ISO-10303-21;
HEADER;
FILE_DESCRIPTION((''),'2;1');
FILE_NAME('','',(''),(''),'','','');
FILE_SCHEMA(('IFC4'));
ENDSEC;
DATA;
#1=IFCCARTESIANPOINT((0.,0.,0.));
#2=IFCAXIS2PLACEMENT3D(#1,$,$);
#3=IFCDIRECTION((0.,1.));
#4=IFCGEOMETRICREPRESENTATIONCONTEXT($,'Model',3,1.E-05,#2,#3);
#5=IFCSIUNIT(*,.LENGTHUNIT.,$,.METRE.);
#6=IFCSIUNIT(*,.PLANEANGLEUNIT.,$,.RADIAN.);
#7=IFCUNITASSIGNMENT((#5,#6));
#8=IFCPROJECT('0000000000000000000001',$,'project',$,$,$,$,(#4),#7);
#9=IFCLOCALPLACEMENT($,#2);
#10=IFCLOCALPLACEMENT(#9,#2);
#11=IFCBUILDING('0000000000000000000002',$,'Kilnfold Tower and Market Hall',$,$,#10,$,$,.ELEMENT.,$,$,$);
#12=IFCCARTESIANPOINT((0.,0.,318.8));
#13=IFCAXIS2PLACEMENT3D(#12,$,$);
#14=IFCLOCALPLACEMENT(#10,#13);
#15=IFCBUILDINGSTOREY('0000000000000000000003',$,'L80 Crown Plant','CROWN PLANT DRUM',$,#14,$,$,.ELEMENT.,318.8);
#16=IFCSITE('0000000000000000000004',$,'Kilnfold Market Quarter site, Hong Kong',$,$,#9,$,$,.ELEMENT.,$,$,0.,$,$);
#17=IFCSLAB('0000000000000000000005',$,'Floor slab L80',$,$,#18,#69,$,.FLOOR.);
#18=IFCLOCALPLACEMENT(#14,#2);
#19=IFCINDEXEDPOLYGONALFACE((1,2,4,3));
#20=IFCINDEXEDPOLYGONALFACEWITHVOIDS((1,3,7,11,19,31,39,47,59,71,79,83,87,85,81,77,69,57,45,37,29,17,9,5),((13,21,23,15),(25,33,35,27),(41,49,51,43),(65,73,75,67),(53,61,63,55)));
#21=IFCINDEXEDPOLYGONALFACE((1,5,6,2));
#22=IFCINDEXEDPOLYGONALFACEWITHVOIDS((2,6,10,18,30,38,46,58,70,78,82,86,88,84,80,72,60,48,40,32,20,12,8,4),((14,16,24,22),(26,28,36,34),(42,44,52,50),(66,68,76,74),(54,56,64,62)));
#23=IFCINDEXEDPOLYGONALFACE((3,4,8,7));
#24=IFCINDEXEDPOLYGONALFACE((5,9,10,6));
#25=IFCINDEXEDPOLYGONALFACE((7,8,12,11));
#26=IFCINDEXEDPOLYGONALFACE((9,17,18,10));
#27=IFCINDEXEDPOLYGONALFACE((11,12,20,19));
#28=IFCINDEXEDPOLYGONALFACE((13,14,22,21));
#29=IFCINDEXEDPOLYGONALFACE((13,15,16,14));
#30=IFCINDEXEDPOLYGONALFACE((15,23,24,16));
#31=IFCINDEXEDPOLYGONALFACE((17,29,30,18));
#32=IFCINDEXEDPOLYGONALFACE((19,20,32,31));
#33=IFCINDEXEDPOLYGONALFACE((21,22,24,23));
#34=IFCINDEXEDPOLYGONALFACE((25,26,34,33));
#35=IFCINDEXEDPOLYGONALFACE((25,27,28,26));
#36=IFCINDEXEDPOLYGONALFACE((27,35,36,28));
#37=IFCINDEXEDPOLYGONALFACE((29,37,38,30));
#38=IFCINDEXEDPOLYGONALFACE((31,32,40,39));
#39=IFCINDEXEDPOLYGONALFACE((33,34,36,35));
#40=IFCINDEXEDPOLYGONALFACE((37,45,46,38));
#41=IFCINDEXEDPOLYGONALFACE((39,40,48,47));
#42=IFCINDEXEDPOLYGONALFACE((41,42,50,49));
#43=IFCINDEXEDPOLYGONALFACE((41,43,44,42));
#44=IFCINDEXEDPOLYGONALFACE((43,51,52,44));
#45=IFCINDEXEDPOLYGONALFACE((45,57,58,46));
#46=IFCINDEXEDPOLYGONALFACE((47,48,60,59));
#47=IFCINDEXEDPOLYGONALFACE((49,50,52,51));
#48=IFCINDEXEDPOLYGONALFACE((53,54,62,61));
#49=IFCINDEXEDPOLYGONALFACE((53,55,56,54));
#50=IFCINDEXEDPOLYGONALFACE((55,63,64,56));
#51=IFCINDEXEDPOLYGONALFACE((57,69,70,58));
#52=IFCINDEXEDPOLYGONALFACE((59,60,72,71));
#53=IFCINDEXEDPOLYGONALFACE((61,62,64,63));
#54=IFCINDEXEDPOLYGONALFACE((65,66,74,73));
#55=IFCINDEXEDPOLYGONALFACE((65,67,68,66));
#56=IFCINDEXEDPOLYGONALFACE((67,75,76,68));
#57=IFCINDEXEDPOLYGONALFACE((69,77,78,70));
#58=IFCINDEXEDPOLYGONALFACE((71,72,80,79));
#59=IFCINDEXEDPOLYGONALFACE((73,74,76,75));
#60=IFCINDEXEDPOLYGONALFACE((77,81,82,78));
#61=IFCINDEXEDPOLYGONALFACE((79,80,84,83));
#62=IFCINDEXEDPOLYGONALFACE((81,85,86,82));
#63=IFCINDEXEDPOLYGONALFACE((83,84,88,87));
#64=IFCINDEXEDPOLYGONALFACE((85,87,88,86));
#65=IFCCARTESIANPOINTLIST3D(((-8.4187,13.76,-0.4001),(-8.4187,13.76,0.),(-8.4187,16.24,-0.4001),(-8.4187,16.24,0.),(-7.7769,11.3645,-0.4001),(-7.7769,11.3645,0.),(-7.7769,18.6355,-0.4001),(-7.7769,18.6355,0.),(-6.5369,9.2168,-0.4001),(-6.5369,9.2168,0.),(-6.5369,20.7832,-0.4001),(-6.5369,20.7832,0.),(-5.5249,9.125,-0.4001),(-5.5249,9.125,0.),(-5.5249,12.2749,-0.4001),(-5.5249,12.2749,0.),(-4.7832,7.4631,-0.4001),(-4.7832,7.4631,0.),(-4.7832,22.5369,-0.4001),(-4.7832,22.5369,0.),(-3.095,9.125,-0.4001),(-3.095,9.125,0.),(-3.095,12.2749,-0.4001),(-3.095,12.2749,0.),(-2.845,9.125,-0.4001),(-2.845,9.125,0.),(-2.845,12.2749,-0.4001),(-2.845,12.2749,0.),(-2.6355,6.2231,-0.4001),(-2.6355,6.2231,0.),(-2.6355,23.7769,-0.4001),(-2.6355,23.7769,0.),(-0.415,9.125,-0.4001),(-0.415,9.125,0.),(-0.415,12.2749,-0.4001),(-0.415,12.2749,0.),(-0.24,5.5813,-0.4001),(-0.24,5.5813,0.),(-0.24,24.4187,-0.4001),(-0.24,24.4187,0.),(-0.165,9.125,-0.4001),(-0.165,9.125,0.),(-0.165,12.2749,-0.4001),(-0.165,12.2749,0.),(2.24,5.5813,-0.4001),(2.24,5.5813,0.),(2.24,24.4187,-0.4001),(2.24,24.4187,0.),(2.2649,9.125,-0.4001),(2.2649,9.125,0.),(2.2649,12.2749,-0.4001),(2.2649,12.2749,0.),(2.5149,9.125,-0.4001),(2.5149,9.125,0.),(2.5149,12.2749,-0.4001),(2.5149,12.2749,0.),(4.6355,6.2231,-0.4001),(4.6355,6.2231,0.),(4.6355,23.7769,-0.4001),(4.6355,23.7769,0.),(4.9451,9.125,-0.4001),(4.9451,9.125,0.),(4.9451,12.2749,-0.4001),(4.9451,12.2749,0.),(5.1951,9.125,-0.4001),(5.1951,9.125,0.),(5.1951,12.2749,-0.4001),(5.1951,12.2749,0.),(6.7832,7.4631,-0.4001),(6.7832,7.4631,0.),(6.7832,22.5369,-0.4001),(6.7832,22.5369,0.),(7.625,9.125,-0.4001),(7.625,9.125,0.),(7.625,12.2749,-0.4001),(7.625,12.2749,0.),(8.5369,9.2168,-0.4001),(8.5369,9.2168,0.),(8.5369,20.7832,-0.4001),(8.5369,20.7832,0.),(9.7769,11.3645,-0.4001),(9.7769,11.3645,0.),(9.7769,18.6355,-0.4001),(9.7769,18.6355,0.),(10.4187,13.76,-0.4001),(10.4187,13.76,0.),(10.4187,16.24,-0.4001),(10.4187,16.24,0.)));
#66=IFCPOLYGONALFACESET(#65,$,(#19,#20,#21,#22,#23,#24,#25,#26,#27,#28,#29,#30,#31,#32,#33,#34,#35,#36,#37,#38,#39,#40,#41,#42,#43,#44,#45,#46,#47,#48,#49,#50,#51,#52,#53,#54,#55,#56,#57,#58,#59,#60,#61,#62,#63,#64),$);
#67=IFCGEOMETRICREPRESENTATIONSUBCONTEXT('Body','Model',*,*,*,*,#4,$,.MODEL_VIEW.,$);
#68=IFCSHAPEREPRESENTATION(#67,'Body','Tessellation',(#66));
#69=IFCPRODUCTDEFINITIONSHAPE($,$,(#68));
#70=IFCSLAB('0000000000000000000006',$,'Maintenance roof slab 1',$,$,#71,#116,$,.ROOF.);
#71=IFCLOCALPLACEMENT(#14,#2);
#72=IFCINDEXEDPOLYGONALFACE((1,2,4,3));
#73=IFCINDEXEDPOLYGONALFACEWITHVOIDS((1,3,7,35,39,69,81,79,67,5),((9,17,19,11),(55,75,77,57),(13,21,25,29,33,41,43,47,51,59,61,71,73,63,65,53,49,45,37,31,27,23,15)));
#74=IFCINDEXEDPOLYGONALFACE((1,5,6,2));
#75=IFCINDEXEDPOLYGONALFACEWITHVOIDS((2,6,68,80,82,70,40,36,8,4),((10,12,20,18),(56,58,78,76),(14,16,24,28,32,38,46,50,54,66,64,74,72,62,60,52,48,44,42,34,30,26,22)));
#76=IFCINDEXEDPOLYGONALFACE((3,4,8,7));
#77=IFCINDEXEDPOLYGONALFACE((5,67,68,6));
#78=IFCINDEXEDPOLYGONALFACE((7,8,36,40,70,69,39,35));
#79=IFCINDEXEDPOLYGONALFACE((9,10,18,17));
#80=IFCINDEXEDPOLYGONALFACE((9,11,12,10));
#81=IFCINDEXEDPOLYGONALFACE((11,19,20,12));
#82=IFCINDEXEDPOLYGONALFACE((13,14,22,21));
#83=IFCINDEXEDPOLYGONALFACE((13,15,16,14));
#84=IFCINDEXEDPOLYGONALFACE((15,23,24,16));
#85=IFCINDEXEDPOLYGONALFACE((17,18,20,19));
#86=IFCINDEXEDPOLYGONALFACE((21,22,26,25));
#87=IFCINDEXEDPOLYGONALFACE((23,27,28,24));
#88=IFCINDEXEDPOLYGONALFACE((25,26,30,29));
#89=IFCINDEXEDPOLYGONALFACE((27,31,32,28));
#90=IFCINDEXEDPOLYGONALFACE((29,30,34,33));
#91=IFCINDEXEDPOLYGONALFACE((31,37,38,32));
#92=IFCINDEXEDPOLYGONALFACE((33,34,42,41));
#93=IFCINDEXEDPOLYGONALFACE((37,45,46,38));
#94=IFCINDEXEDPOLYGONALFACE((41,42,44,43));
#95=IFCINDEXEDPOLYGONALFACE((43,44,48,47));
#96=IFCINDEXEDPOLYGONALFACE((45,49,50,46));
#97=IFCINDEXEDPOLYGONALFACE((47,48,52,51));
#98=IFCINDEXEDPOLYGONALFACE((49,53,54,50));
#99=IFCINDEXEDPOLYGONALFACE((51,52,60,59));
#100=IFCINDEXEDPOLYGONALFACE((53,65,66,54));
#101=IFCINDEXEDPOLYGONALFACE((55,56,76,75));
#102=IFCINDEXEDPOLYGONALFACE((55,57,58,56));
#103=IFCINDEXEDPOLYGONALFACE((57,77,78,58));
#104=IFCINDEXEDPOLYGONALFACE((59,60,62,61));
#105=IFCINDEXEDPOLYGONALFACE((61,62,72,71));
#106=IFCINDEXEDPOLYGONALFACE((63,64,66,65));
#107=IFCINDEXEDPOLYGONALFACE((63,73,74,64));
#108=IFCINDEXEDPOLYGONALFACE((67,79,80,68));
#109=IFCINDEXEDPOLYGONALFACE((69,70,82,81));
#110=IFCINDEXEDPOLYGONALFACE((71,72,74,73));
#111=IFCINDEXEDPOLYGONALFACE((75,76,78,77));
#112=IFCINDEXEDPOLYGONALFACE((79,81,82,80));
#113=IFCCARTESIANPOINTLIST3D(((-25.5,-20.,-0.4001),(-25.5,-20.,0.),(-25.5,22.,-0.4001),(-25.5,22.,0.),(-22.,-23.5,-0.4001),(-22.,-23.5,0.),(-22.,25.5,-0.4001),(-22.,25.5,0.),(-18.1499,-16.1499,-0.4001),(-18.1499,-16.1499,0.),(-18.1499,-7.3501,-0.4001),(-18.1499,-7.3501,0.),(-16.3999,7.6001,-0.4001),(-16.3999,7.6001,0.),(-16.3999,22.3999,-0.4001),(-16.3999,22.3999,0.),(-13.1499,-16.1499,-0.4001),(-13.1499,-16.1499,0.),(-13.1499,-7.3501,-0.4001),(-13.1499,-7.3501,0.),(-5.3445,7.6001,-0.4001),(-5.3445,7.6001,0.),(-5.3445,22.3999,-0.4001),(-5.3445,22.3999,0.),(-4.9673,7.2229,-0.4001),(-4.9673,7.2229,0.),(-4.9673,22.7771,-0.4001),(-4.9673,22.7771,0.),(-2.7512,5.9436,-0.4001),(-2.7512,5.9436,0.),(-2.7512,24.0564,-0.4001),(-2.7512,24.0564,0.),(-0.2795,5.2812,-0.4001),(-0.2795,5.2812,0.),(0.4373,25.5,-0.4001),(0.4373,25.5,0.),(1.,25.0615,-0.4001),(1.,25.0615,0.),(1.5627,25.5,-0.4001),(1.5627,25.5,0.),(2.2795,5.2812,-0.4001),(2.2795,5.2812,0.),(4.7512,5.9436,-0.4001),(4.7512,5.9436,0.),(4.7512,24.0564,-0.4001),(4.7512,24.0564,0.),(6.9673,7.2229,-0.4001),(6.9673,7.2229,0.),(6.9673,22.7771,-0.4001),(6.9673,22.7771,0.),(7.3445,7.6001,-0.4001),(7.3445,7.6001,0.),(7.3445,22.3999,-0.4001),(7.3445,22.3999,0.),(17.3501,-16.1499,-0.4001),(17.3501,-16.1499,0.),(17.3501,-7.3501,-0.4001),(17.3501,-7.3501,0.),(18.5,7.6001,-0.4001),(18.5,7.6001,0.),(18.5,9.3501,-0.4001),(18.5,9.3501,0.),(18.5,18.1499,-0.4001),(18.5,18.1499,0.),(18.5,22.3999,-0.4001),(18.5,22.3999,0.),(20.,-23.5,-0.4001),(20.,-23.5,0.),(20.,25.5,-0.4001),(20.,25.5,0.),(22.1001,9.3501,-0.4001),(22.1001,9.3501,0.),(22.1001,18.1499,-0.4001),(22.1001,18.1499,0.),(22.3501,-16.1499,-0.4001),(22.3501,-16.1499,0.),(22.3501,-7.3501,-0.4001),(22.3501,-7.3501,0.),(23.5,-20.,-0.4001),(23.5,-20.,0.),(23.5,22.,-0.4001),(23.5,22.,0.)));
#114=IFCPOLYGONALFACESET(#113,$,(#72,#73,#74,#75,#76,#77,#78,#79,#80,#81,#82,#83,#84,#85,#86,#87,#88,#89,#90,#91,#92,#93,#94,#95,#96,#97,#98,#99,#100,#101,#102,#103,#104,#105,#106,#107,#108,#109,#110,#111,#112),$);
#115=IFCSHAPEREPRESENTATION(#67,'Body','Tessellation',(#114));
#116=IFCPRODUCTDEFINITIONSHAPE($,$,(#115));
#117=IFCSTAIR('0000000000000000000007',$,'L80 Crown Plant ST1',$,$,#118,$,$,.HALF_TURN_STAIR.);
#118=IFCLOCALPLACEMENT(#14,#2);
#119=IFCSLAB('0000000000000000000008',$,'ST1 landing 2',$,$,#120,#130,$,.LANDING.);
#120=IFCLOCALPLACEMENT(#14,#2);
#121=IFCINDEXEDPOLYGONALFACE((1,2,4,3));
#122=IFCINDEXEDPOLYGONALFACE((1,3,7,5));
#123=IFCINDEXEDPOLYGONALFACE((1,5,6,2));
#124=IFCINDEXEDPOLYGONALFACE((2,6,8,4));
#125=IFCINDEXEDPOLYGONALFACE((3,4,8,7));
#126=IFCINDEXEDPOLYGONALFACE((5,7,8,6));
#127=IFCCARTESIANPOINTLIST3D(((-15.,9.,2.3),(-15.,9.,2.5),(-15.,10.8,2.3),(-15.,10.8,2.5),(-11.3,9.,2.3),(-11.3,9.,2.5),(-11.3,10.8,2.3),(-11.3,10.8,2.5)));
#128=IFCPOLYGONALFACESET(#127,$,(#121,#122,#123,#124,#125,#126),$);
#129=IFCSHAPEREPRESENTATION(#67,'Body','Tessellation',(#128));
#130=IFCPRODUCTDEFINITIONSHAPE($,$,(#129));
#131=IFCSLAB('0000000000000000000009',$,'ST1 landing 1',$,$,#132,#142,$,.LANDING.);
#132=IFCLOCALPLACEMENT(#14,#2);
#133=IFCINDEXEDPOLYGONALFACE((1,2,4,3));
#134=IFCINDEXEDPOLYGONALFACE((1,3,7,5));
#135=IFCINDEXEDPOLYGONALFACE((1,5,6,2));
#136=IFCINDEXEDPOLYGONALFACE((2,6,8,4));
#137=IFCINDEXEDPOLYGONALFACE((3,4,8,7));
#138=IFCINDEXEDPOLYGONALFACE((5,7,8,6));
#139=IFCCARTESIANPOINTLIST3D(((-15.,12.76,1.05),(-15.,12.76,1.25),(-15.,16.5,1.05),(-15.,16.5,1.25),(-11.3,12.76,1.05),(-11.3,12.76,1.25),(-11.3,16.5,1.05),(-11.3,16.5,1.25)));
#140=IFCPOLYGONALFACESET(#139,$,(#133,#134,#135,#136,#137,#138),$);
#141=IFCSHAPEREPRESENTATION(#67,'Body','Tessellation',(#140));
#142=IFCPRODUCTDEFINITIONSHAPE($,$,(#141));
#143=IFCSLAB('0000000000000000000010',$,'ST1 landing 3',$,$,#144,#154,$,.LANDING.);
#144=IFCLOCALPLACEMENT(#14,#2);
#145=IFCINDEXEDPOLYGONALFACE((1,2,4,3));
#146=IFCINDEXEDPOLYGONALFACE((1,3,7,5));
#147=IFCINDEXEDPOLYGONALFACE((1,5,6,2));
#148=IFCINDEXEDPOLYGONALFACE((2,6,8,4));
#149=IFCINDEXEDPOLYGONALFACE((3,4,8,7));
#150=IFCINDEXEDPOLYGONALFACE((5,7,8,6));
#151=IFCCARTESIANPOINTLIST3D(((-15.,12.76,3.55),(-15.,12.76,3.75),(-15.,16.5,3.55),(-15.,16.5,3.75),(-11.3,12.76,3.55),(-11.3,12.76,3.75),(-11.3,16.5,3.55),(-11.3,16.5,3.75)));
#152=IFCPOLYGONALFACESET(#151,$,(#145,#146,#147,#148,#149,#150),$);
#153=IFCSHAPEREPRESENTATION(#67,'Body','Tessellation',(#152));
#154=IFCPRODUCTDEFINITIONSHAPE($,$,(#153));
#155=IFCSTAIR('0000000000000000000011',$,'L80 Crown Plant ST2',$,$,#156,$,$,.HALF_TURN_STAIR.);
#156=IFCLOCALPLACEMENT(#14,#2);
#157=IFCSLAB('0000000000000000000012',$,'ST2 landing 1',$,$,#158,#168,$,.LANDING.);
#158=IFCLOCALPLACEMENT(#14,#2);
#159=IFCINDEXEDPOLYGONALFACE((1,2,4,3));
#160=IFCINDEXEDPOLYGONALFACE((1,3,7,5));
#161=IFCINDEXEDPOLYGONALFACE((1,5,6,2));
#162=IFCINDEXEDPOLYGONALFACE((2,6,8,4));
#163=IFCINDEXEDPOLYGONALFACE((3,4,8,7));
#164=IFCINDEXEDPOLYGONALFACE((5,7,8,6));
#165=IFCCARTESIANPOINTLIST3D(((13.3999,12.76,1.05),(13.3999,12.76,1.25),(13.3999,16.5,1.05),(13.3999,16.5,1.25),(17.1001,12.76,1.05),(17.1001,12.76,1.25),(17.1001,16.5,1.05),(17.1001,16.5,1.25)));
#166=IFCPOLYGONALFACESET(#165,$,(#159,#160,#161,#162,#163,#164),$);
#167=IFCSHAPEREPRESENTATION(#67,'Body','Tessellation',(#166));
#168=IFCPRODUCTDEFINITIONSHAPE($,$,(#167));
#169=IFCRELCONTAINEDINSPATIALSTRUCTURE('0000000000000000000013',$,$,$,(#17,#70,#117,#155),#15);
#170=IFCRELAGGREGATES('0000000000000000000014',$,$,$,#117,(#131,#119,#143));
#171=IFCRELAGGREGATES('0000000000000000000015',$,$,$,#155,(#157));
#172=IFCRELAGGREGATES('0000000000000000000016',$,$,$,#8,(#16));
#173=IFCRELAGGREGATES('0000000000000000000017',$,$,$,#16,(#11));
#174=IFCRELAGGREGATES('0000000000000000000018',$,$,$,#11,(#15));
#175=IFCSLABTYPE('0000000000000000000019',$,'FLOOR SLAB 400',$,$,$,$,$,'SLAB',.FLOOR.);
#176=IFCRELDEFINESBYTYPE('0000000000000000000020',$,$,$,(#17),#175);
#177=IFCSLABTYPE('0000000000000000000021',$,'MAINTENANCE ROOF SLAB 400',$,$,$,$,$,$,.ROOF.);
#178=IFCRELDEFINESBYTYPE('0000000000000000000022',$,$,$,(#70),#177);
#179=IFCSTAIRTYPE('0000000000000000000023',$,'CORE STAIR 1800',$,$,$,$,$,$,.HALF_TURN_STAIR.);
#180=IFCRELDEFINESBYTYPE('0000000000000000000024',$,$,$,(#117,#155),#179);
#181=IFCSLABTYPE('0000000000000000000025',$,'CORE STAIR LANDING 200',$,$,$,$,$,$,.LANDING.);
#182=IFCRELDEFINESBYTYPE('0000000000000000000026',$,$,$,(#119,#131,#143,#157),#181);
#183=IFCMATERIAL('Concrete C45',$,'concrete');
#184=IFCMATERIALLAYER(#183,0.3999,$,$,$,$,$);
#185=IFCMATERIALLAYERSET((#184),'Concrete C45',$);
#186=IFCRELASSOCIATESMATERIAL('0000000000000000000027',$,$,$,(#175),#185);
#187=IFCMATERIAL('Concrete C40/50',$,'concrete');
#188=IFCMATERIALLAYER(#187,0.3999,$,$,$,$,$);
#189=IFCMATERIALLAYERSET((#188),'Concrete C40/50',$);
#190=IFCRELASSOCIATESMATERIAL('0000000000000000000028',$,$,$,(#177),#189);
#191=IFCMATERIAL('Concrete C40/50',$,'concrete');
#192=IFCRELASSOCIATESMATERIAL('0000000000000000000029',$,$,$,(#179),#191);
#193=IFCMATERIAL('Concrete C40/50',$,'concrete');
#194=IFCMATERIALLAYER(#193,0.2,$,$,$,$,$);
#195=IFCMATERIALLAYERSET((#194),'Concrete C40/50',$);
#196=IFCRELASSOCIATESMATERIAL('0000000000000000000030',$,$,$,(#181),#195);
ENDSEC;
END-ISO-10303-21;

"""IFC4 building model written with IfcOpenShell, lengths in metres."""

from ifc_helpers import new_model, si_unit, direction, frame, origin, place, context, subcontext, project, spatial, polyline, outline, extrude, source, transform, mapped, material, layer, layer_set, type_object, element, aggregate, save


model = new_model("IFC4")

# Units and contexts
model_context = context("Model", 3, precision=1e-05, world=origin(), true_north=direction((0.0, 1.0)))
body_context = subcontext(model_context, "Body", "Model", "MODEL_VIEW")
ifc_project = project(units=[si_unit("LENGTHUNIT", "METRE"), si_unit("PLANEANGLEUNIT", "RADIAN")], contexts=[model_context])

# Site, building, storey
site_placement = place(None, origin())
site = spatial("IfcSite", under=ifc_project, at=site_placement, Name="Kilnfold Market Quarter site, Hong Kong", CompositionType="ELEMENT", RefElevation=0.0)
building_placement = place(site_placement, origin())
building = spatial("IfcBuilding", under=site, at=building_placement, Name="Kilnfold Tower and Market Hall", CompositionType="ELEMENT")
storey_placement = place(building_placement, frame((0.0, 0.0, 318.8)))
storey = spatial("IfcBuildingStorey", under=building, at=storey_placement, Name="L80 Crown Plant", Description="CROWN PLANT DRUM", CompositionType="ELEMENT", Elevation=318.8)

# Slabs
ifc_material_1 = material(Name="Concrete C45", Category="concrete")
ifc_layer_1 = layer(ifc_material_1, 0.3999)
ifc_layer_set_1 = layer_set([ifc_layer_1], Name="Concrete C45")
slab_type_1 = type_object("IfcSlabType", Name="FLOOR SLAB 400", ElementType="SLAB", PredefinedType="FLOOR", material=ifc_layer_set_1)
shared_shape_1 = source(origin(), body_context, "Body", "SweptSolid", [
    extrude(outline(polyline([(-0.24, 5.5813), (2.24, 5.5813), (4.6355, 6.2231), (6.7832, 7.4631), (8.5369, 9.2168), (9.7769, 11.3645), (10.4187, 13.76), (10.4187, 16.24), (9.7769, 18.6355), (8.5369, 20.7832), (6.7832, 22.5369), (4.6355, 23.7769), (2.24, 24.4187), (-0.24, 24.4187), (-2.6355, 23.7769), (-4.7832, 22.5369), (-6.5369, 20.7832), (-7.7769, 18.6355), (-8.4187, 16.24), (-8.4187, 13.76), (-7.7769, 11.3645), (-6.5369, 9.2168), (-4.7832, 7.4631), (-2.6355, 6.2231), (-0.24, 5.5813)]), holes=[polyline([(-3.095, 9.125), (-5.5249, 9.125), (-5.5249, 12.2749), (-3.095, 12.2749), (-3.095, 9.125)]), polyline([(-0.415, 9.125), (-2.845, 9.125), (-2.845, 12.2749), (-0.415, 12.2749), (-0.415, 9.125)]), polyline([(2.2649, 9.125), (-0.165, 9.125), (-0.165, 12.2749), (2.2649, 12.2749), (2.2649, 9.125)]), polyline([(4.9451, 9.125), (2.5149, 9.125), (2.5149, 12.2749), (4.9451, 12.2749), (4.9451, 9.125)]), polyline([(7.625, 9.125), (5.1951, 9.125), (5.1951, 12.2749), (7.625, 12.2749), (7.625, 9.125)])]), origin(), (0.0, 0.0, 1.0), 0.4001),
])
slab_1_placement = place(storey_placement, frame((0.0, 0.0, -0.4001)))
element("IfcSlab", 1, at=slab_1_placement, inside=storey, type_object=slab_type_1, Name="Floor slab L80", PredefinedType="FLOOR", context=body_context, shape_type="MappedRepresentation", body=[
    mapped(shared_shape_1, transform((0.0, 0.0, 0.0))),
])
ifc_material_2 = material(Name="Concrete C40/50", Category="concrete")
ifc_layer_2 = layer(ifc_material_2, 0.3999)
ifc_layer_set_2 = layer_set([ifc_layer_2], Name="Concrete C40/50")
slab_type_2 = type_object("IfcSlabType", Name="MAINTENANCE ROOF SLAB 400", PredefinedType="ROOF", material=ifc_layer_set_2)
shared_shape_2 = source(origin(), body_context, "Body", "SweptSolid", [
    extrude(outline(polyline([(-25.5, 22.0), (-22.0, 25.5), (0.4373, 25.5), (1.5627, 25.5), (20.0, 25.5), (23.5, 22.0), (23.5, -20.0), (20.0, -23.5), (-22.0, -23.5), (-25.5, -20.0), (-25.5, 22.0)]), holes=[polyline([(-2.7512, 24.0564), (-4.9673, 22.7771), (-5.3445, 22.3999), (-16.3999, 22.3999), (-16.3999, 7.6001), (-5.3445, 7.6001), (-4.9673, 7.2229), (-2.7512, 5.9436), (-0.2795, 5.2812), (2.2795, 5.2812), (4.7512, 5.9436), (6.9673, 7.2229), (7.3445, 7.6001), (18.5, 7.6001), (18.5, 9.3501), (22.1001, 9.3501), (22.1001, 18.1499), (18.5, 18.1499), (18.5, 22.3999), (7.3445, 22.3999), (6.9673, 22.7771), (4.7512, 24.0564), (1.0, 25.0615), (-2.7512, 24.0564)]), polyline([(17.3501, -16.1499), (22.3501, -16.1499), (22.3501, -7.3501), (17.3501, -7.3501), (17.3501, -16.1499)]), polyline([(-18.1499, -16.1499), (-13.1499, -16.1499), (-13.1499, -7.3501), (-18.1499, -7.3501), (-18.1499, -16.1499)])]), origin(), (0.0, 0.0, 1.0), 0.4001),
])
slab_2_placement = place(storey_placement, frame((0.0, 0.0, -0.4001)))
element("IfcSlab", 2, at=slab_2_placement, inside=storey, type_object=slab_type_2, Name="Maintenance roof slab 1", PredefinedType="ROOF", context=body_context, shape_type="MappedRepresentation", body=[
    mapped(shared_shape_2, transform((0.0, 0.0, 0.0))),
])

# Stair, slabs
ifc_material_3 = material(Name="Concrete C40/50", Category="concrete")
stair_type = type_object("IfcStairType", Name="CORE STAIR 1800", PredefinedType="HALF_TURN_STAIR", material=ifc_material_3)
stair_1_placement = place(storey_placement, origin())
stair_1 = element("IfcStair", 3, at=stair_1_placement, inside=storey, type_object=stair_type, Name="L80 Crown Plant ST1", PredefinedType="HALF_TURN_STAIR")
ifc_material_4 = material(Name="Concrete C40/50", Category="concrete")
ifc_layer_3 = layer(ifc_material_4, 0.2)
ifc_layer_set_3 = layer_set([ifc_layer_3], Name="Concrete C40/50")
slab_type_3 = type_object("IfcSlabType", Name="CORE STAIR LANDING 200", PredefinedType="LANDING", material=ifc_layer_set_3)
shared_shape_3 = source(origin(), body_context, "Body", "SweptSolid", [
    extrude(outline(polyline([(-11.3, 9.0), (-11.3, 10.8), (-15.0, 10.8), (-15.0, 9.0), (-11.3, 9.0)])), origin(), (0.0, 0.0, 1.0), 0.2),
])
slab_3_placement = place(storey_placement, frame((0.0, 0.0, 2.3)))
slab_3 = element("IfcSlab", 4, at=slab_3_placement, type_object=slab_type_3, Name="ST1 landing 2", PredefinedType="LANDING", context=body_context, shape_type="MappedRepresentation", body=[
    mapped(shared_shape_3, transform((0.0, 0.0, 0.0))),
])
shared_shape_4 = source(origin(), body_context, "Body", "SweptSolid", [
    extrude(outline(polyline([(-11.3, 12.76), (-11.3, 16.5), (-15.0, 16.5), (-15.0, 12.76), (-11.3, 12.76)])), origin(), (0.0, 0.0, 1.0), 0.2),
])
slab_4_placement = place(storey_placement, frame((0.0, 0.0, 1.05)))
slab_4 = element("IfcSlab", 5, at=slab_4_placement, type_object=slab_type_3, Name="ST1 landing 1", PredefinedType="LANDING", context=body_context, shape_type="MappedRepresentation", body=[
    mapped(shared_shape_4, transform((0.0, 0.0, 0.0))),
])
slab_5_placement = place(storey_placement, frame((0.0, 0.0, 3.55)))
slab_5 = element("IfcSlab", 6, at=slab_5_placement, type_object=slab_type_3, Name="ST1 landing 3", PredefinedType="LANDING", context=body_context, shape_type="MappedRepresentation", body=[
    mapped(shared_shape_4, transform((0.0, 0.0, 0.0))),
])
aggregate(stair_1, [slab_4, slab_3, slab_5])

# Stair, slab
stair_2_placement = place(storey_placement, origin())
stair_2 = element("IfcStair", 7, at=stair_2_placement, inside=storey, type_object=stair_type, Name="L80 Crown Plant ST2", PredefinedType="HALF_TURN_STAIR")
shared_shape_5 = source(origin(), body_context, "Body", "SweptSolid", [
    extrude(outline(polyline([(17.1001, 12.76), (17.1001, 16.5), (13.3999, 16.5), (13.3999, 12.76), (17.1001, 12.76)])), origin(), (0.0, 0.0, 1.0), 0.2),
])
slab_6_placement = place(storey_placement, frame((0.0, 0.0, 1.05)))
slab_6 = element("IfcSlab", 8, at=slab_6_placement, type_object=slab_type_3, Name="ST2 landing 1", PredefinedType="LANDING", context=body_context, shape_type="MappedRepresentation", body=[
    mapped(shared_shape_5, transform((0.0, 0.0, 0.0))),
])
aggregate(stair_2, [slab_6])

save(model, "model.ifc")
